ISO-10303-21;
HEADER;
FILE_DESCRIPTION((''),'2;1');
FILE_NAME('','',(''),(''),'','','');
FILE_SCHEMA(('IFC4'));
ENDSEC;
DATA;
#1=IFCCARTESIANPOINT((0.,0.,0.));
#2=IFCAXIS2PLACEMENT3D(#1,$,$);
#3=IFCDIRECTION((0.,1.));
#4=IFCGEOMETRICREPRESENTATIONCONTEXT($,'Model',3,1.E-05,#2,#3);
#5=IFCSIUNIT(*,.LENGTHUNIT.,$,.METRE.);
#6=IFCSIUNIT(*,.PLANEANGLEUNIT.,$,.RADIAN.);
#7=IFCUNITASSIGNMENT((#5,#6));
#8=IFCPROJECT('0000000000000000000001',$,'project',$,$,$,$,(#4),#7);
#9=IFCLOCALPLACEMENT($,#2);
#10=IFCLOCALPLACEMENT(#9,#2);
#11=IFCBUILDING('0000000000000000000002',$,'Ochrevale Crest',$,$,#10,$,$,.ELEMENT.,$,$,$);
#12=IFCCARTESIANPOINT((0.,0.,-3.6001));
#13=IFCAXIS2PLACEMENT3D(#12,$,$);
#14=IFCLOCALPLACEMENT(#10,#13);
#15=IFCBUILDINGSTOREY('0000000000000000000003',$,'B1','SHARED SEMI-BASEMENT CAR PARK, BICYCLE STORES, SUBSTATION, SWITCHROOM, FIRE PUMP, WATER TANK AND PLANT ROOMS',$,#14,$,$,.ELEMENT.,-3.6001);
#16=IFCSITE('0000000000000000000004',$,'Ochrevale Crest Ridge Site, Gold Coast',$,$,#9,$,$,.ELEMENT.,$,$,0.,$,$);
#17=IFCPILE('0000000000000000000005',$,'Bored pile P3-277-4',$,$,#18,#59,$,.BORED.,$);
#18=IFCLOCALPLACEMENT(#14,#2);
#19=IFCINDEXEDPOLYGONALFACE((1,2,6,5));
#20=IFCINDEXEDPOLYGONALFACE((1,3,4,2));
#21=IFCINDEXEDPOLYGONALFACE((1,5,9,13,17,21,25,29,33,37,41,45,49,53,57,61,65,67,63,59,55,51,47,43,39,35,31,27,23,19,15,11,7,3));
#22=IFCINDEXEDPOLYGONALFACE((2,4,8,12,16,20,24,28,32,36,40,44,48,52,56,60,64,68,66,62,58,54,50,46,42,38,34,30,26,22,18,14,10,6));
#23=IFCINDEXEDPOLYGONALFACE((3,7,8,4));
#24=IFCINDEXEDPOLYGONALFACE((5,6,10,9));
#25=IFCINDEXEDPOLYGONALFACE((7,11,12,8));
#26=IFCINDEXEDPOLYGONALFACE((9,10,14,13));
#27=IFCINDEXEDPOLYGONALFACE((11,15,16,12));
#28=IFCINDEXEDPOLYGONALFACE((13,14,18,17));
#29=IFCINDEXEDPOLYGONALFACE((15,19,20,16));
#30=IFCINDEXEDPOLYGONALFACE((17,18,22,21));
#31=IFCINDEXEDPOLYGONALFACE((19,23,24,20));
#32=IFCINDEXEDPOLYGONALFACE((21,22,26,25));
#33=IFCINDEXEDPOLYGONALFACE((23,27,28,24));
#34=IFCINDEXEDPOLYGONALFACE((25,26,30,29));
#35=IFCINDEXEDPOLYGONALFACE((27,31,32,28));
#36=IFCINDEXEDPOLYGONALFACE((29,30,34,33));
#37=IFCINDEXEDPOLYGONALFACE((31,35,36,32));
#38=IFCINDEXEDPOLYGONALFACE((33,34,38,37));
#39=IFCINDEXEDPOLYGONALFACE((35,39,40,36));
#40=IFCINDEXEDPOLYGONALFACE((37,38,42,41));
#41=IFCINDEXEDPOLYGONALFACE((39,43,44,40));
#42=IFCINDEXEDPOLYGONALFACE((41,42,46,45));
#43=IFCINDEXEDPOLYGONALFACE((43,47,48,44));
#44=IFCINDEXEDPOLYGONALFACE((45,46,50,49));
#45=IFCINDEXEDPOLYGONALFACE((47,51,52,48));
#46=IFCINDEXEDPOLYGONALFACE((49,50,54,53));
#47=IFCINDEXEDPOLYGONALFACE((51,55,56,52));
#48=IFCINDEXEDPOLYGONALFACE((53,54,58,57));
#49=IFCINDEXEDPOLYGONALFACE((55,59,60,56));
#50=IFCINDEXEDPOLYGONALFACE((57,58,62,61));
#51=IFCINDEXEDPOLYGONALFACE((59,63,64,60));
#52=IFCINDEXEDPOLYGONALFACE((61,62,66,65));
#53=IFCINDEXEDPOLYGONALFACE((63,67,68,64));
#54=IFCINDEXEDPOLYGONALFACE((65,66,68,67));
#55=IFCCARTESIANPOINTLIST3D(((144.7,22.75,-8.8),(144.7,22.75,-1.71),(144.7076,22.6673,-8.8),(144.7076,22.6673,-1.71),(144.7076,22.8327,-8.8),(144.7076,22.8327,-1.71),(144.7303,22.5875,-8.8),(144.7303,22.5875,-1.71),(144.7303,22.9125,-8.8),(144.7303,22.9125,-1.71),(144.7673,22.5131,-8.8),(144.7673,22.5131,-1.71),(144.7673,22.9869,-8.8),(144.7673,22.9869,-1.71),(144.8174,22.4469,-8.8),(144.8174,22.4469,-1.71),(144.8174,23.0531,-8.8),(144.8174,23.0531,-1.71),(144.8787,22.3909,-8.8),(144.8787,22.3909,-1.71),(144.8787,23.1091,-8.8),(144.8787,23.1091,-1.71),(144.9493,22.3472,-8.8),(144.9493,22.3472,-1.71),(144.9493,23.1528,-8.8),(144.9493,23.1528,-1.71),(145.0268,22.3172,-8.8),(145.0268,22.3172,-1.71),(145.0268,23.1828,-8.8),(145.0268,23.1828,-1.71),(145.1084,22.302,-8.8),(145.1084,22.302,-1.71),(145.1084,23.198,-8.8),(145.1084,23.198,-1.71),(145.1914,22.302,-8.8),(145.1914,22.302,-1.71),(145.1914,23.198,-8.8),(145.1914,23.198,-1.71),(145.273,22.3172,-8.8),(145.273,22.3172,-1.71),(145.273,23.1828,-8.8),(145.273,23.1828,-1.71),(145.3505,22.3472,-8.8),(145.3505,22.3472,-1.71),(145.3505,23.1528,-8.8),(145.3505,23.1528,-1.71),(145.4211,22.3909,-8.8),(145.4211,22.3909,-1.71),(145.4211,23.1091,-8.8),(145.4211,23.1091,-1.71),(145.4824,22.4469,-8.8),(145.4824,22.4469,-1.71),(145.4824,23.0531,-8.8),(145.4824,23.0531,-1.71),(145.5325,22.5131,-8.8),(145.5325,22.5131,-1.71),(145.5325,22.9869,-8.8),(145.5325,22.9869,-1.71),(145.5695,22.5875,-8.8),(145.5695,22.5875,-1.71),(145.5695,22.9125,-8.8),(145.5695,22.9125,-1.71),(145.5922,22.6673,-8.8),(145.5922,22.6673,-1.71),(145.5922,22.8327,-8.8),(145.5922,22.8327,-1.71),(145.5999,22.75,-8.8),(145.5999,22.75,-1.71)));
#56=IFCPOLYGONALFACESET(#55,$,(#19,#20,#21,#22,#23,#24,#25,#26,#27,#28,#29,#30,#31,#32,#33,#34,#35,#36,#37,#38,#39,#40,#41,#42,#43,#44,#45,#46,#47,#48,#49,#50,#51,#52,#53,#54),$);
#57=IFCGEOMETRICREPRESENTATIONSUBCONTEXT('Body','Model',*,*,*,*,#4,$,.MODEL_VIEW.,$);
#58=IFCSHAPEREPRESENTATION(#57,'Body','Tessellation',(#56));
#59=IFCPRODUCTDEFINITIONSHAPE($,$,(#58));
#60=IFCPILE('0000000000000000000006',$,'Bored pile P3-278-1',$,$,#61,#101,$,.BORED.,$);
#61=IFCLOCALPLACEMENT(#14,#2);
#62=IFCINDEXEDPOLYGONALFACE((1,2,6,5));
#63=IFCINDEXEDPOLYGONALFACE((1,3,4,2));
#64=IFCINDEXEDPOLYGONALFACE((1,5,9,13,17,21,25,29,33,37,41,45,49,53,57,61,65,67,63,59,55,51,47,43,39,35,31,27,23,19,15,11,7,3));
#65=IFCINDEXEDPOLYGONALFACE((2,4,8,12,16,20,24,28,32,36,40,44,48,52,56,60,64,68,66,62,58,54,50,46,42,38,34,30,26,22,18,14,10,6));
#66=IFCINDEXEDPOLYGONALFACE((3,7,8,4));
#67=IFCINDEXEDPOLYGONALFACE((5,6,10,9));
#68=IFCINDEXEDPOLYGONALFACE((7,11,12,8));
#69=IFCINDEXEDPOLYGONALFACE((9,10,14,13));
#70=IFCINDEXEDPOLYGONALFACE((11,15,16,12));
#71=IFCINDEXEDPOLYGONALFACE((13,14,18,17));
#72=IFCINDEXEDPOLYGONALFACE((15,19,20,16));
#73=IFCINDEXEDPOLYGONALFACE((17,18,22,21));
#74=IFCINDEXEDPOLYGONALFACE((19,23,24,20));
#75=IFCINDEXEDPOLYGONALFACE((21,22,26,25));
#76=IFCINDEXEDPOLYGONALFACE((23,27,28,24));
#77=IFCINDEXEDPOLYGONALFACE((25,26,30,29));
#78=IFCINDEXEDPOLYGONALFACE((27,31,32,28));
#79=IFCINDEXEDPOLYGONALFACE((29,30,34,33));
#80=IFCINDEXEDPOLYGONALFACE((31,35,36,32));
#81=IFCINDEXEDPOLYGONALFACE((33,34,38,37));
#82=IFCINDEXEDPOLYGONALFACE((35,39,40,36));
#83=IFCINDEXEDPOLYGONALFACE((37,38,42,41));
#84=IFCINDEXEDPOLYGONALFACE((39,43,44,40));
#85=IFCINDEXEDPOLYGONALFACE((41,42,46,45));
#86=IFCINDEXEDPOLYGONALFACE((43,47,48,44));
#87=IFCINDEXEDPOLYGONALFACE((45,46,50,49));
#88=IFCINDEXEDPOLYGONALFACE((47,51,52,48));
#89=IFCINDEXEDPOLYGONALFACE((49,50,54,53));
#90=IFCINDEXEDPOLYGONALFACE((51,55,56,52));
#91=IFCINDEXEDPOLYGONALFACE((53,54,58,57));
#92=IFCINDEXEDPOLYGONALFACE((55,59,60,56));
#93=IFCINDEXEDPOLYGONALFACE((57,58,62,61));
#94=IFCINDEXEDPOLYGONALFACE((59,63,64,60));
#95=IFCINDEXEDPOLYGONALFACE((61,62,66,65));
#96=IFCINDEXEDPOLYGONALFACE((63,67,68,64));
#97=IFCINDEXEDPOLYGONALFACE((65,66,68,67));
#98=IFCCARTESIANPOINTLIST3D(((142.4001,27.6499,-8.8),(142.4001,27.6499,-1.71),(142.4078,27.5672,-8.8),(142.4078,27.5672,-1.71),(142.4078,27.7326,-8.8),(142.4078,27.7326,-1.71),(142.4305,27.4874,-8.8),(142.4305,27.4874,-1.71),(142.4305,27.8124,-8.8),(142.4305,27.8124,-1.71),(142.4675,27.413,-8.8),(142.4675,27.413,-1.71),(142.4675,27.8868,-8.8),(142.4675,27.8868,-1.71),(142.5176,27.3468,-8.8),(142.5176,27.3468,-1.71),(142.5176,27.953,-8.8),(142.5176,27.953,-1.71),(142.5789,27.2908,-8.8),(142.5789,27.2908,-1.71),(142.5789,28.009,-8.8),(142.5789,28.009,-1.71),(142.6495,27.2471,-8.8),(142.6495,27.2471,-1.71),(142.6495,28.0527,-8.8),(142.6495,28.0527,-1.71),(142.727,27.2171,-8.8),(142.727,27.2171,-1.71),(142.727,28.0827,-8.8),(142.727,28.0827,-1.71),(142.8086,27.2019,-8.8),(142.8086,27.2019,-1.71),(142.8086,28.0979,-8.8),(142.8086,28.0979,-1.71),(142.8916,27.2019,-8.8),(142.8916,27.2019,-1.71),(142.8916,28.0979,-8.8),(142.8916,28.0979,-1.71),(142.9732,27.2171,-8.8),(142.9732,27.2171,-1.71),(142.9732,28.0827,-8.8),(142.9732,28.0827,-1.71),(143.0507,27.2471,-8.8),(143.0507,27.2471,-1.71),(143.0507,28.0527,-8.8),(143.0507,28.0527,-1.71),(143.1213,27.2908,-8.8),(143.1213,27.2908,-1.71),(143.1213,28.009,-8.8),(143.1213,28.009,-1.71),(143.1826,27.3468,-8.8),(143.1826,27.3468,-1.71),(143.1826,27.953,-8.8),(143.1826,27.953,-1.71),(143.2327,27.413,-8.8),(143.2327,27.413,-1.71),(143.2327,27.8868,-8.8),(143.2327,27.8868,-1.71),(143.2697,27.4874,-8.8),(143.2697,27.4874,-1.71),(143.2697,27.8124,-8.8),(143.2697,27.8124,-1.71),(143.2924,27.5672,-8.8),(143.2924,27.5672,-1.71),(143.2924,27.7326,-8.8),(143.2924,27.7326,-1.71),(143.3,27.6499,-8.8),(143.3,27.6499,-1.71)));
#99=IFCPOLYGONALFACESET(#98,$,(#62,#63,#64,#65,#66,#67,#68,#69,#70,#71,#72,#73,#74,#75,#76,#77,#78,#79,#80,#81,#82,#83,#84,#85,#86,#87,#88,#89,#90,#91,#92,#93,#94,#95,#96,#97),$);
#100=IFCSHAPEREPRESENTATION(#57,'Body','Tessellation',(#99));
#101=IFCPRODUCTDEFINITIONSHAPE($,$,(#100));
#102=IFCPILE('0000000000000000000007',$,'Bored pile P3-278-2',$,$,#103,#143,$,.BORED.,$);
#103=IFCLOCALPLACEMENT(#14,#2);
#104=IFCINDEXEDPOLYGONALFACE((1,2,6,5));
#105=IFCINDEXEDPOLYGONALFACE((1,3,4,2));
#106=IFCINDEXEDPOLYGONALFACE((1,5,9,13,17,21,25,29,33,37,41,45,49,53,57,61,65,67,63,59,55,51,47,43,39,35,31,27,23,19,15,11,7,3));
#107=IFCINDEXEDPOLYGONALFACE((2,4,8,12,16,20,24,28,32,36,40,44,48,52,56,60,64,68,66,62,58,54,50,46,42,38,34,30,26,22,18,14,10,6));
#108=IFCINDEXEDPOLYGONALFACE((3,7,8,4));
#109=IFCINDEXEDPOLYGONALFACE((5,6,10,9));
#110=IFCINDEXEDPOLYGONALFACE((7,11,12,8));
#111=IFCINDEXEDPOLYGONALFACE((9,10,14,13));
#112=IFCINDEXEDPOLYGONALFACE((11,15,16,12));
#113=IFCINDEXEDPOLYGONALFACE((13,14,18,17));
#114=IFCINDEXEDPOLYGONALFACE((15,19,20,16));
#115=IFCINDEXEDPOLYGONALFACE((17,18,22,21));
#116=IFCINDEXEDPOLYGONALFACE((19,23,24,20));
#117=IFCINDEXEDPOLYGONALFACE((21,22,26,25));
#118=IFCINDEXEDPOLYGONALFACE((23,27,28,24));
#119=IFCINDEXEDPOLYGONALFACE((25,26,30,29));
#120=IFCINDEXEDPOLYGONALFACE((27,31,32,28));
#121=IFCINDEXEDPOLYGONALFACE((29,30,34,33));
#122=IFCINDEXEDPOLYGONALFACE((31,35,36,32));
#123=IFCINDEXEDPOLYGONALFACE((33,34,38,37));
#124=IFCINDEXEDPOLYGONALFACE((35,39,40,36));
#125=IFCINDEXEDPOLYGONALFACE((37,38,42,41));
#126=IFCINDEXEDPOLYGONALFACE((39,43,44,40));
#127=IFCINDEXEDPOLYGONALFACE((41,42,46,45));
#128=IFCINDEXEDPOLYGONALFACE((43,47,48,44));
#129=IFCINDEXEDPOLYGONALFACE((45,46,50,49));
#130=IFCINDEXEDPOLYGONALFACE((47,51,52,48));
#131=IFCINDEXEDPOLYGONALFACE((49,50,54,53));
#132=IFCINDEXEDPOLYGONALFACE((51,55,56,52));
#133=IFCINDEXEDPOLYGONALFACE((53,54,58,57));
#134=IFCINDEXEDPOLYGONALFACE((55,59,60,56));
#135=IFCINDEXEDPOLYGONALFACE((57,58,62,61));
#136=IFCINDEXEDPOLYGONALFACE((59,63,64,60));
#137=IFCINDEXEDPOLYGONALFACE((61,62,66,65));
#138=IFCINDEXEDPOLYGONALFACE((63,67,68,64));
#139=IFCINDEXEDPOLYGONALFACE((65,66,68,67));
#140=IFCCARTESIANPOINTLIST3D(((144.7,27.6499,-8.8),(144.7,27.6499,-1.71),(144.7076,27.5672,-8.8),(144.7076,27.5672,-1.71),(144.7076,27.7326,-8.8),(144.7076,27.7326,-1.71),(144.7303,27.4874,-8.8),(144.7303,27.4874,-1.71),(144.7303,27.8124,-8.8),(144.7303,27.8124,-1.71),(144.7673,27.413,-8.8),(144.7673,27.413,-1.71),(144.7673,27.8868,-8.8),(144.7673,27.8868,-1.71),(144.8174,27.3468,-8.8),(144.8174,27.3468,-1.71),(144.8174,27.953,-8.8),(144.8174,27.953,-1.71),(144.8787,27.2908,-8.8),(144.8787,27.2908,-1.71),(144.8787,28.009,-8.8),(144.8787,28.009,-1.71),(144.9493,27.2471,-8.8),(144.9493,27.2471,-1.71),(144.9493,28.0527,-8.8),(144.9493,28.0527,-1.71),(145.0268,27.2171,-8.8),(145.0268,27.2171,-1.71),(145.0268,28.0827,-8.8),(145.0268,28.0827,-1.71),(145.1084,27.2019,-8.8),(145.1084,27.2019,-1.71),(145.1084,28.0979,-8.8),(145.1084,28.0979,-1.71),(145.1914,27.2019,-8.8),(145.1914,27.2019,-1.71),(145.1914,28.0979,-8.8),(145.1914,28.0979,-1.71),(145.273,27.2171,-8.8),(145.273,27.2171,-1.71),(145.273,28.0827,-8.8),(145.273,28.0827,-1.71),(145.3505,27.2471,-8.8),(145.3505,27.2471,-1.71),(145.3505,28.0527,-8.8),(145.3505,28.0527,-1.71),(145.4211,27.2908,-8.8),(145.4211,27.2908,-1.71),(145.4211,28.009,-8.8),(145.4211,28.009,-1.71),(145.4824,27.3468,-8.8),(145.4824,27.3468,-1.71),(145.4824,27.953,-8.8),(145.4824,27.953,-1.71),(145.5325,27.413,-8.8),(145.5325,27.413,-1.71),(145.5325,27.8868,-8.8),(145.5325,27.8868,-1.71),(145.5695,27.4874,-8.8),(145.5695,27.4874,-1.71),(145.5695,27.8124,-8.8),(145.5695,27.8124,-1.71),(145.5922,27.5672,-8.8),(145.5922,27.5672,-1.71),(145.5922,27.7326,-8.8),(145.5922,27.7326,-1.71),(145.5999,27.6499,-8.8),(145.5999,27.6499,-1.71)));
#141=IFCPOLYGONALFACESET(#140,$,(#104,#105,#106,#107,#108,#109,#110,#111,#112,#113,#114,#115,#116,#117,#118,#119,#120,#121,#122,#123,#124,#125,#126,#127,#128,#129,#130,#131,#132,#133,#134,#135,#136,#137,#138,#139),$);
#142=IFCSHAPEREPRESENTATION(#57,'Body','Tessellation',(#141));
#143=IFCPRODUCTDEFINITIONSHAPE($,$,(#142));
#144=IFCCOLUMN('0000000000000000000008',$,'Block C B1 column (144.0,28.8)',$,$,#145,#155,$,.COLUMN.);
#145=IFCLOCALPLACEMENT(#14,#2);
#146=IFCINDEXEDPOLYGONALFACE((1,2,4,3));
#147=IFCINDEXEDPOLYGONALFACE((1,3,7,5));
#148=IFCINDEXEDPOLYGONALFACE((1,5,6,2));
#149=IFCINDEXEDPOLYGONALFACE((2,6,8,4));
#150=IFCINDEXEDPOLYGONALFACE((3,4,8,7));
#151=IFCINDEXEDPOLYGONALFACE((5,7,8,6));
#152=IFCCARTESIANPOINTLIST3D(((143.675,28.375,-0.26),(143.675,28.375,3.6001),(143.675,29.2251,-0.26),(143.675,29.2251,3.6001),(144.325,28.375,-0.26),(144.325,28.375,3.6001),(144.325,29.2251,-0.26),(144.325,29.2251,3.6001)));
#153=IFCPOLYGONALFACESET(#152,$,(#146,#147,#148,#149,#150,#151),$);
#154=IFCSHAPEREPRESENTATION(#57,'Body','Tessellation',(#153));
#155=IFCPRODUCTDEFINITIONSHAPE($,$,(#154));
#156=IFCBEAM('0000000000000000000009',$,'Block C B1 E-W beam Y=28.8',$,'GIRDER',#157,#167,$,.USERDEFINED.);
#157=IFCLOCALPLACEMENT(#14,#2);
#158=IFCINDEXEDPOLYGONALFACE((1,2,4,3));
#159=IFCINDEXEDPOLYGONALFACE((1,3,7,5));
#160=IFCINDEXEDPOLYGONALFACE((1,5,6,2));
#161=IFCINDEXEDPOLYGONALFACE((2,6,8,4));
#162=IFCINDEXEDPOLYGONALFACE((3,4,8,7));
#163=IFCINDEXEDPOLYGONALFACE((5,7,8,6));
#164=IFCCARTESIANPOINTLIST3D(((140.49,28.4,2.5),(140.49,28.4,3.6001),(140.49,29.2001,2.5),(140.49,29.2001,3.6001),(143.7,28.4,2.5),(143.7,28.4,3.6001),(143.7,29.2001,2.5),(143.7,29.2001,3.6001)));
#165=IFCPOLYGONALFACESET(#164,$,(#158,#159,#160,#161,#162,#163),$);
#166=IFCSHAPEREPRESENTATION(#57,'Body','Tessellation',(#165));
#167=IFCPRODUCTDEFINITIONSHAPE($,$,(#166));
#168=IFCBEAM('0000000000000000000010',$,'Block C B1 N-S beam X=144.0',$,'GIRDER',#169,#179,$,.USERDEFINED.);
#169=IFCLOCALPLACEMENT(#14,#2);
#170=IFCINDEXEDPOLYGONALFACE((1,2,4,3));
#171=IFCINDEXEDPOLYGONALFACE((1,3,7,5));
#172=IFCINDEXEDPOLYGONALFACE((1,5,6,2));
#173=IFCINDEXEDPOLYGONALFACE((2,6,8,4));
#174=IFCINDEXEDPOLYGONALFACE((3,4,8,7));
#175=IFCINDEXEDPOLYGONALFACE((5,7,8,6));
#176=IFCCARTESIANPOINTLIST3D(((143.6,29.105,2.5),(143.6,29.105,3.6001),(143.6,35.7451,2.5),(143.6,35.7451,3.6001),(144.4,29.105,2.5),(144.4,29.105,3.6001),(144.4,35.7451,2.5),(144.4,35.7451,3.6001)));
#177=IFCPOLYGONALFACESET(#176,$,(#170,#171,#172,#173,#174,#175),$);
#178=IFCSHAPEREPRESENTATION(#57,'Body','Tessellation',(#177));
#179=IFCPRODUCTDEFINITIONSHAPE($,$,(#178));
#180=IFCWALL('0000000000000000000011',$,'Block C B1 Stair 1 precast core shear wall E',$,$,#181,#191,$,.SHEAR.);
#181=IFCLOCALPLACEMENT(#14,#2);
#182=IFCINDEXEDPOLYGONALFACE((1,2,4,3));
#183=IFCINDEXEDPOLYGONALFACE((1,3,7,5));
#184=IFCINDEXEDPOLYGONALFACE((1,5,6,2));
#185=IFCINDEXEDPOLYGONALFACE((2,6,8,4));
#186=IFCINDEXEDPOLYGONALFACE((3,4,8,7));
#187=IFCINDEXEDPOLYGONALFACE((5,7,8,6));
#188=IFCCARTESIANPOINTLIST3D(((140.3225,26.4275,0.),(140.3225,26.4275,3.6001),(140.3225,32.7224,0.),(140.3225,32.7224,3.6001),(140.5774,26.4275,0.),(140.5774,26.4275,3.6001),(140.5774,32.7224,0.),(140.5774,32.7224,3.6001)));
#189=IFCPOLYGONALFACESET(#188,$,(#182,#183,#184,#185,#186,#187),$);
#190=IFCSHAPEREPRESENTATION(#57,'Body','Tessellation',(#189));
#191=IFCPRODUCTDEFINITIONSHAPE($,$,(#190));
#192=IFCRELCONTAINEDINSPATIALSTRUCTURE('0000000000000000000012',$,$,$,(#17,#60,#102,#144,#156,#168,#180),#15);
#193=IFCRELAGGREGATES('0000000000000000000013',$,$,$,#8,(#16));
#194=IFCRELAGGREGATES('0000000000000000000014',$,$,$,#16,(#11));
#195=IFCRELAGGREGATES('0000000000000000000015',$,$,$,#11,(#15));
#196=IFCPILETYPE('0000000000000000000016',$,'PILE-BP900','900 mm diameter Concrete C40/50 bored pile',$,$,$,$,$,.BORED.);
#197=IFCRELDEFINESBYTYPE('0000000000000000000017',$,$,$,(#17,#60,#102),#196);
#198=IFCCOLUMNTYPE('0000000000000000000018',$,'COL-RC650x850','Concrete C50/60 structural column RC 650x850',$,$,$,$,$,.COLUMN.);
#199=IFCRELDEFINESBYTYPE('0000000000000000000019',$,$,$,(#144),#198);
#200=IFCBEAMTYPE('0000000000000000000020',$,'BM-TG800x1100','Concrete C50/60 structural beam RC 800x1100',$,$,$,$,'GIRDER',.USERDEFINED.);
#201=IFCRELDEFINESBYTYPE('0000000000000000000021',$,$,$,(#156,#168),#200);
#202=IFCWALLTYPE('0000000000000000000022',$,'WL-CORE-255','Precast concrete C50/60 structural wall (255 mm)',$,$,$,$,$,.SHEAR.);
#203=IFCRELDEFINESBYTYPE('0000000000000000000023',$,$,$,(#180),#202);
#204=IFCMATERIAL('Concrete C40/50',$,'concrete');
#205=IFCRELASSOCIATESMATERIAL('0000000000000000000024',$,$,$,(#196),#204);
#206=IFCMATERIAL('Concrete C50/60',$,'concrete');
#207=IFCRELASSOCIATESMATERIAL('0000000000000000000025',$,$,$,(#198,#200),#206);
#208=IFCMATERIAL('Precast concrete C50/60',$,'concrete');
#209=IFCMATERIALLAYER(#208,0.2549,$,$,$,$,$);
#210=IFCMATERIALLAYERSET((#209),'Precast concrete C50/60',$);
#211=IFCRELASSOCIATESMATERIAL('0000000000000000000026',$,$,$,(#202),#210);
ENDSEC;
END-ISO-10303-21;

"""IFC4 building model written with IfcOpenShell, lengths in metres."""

from ifc_helpers import new_model, si_unit, direction, frame, frame_2d, origin, origin_2d, place, context, subcontext, project, spatial, rectangle, circle, extrude, material, layer, layer_set, material_profile, profile_set, type_object, element, save


model = new_model("IFC4")

# Units and contexts
model_context = context("Model", 3, precision=1e-05, world=origin(), true_north=direction((0.0, 1.0)))
body_context = subcontext(model_context, "Body", "Model", "MODEL_VIEW")
ifc_project = project(units=[si_unit("LENGTHUNIT", "METRE"), si_unit("PLANEANGLEUNIT", "RADIAN")], contexts=[model_context])

# Site, building, storey
site_placement = place(None, origin())
site = spatial("IfcSite", under=ifc_project, at=site_placement, Name="Ochrevale Crest Ridge Site, Gold Coast", CompositionType="ELEMENT", RefElevation=0.0)
building_placement = place(site_placement, origin())
building = spatial("IfcBuilding", under=site, at=building_placement, Name="Ochrevale Crest", CompositionType="ELEMENT")
storey_placement = place(building_placement, frame((0.0, 0.0, -3.6001)))
storey = spatial("IfcBuildingStorey", under=building, at=storey_placement, Name="B1", Description="SHARED SEMI-BASEMENT CAR PARK, BICYCLE STORES, SUBSTATION, SWITCHROOM, FIRE PUMP, WATER TANK AND PLANT ROOMS", CompositionType="ELEMENT", Elevation=-3.6001)

# Shared definitions
ifc_material_1 = material(Name="Concrete C40/50", Category="concrete")

# Piles
ifc_material_profile_1 = material_profile(ifc_material_1, circle(Radius=0.45, at=origin_2d()), Name="BORED PILE 900")
ifc_profile_set_1 = profile_set([ifc_material_profile_1], Name="Concrete C40/50")
pile_type = type_object("IfcPileType", Name="PILE-BP900", Description="900 mm diameter Concrete C40/50 bored pile", PredefinedType="BORED", material=ifc_profile_set_1)
for number, where, z_axis, x_axis, name in (
    (1, (145.1499, 22.75, -1.71), (0.0, 0.0, -1.0), (1.0, 0.0, 0.0), "Bored pile P3-277-4"),
    (2, (142.8501, 27.6499, -1.71), (0.0, 0.0, -1.0), (1.0, 0.0, 0.0), "Bored pile P3-278-1"),
    (3, (145.1499, 27.6499, -1.71), (0.0, 0.0, -1.0), (1.0, 0.0, 0.0), "Bored pile P3-278-2"),
):
    element("IfcPile", number, at=place(storey_placement, frame(where, z_axis=z_axis, x_axis=x_axis)), inside=storey, type_object=pile_type, Name=name, PredefinedType="BORED", context=body_context, shape_type="SweptSolid", body=[
        extrude(circle(Radius=0.45, at=origin_2d()), origin(), (0.0, 0.0, 1.0), 7.0901),
    ])

# Column
ifc_material_2 = material(Name="Concrete C50/60", Category="concrete")
ifc_material_profile_2 = material_profile(ifc_material_2, rectangle(XDim=0.6499, YDim=0.8501, at=origin_2d()), Name="RC 650x850")
ifc_profile_set_2 = profile_set([ifc_material_profile_2], Name="Concrete C50/60")
column_type = type_object("IfcColumnType", Name="COL-RC650x850", Description="Concrete C50/60 structural column RC 650x850", PredefinedType="COLUMN", material=ifc_profile_set_2)
column_placement = place(storey_placement, frame((144.0, 28.8, -0.26), z_axis=(0.0, 0.0, 1.0), x_axis=(1.0, 0.0, 0.0)))
element("IfcColumn", 4, at=column_placement, inside=storey, type_object=column_type, Name="Block C B1 column (144.0,28.8)", PredefinedType="COLUMN", context=body_context, shape_type="SweptSolid", body=[
    extrude(rectangle(XDim=0.6499, YDim=0.8501, at=origin_2d()), origin(), (0.0, 0.0, 1.0), 3.8601),
])

# Beams
ifc_material_profile_3 = material_profile(ifc_material_2, rectangle(XDim=0.8, YDim=1.1001, at=origin_2d()), Name="RC 800x1100")
ifc_profile_set_3 = profile_set([ifc_material_profile_3], Name="Concrete C50/60")
beam_type = type_object("IfcBeamType", Name="BM-TG800x1100", Description="Concrete C50/60 structural beam RC 800x1100", ElementType="GIRDER", PredefinedType="USERDEFINED", material=ifc_profile_set_3)
beam_1_placement = place(storey_placement, frame((140.49, 28.8, 3.05), z_axis=(1.0, 0.0, 0.0), x_axis=(0.0, 1.0, 0.0)))
element("IfcBeam", 5, at=beam_1_placement, inside=storey, type_object=beam_type, Name="Block C B1 E-W beam Y=28.8", ObjectType="GIRDER", PredefinedType="USERDEFINED", context=body_context, shape_type="SweptSolid", body=[
    extrude(rectangle(XDim=0.8, YDim=1.1001, at=origin_2d()), origin(), (0.0, 0.0, 1.0), 3.21),
])
beam_2_placement = place(storey_placement, frame((144.0, 29.105, 3.05), z_axis=(0.0, 1.0, 0.0), x_axis=(-1.0, 0.0, 0.0)))
element("IfcBeam", 6, at=beam_2_placement, inside=storey, type_object=beam_type, Name="Block C B1 N-S beam X=144.0", ObjectType="GIRDER", PredefinedType="USERDEFINED", context=body_context, shape_type="SweptSolid", body=[
    extrude(rectangle(XDim=0.8, YDim=1.1001, at=origin_2d()), origin(), (0.0, 0.0, 1.0), 6.6401),
])

# Wall
ifc_material_3 = material(Name="Precast concrete C50/60", Category="concrete")
ifc_layer = layer(ifc_material_3, 0.2549)
ifc_layer_set = layer_set([ifc_layer], Name="Precast concrete C50/60")
wall_type = type_object("IfcWallType", Name="WL-CORE-255", Description="Precast concrete C50/60 structural wall (255 mm)", PredefinedType="SHEAR", material=ifc_layer_set)
wall_1_placement = place(storey_placement, frame((140.45, 26.4275, 0.0), z_axis=(0.0, 0.0, 1.0), x_axis=(0.0, 1.0, 0.0)))
element("IfcWall", 7, at=wall_1_placement, inside=storey, type_object=wall_type, Name="Block C B1 Stair 1 precast core shear wall E", PredefinedType="SHEAR", context=body_context, shape_type="SweptSolid", body=[
    extrude(rectangle(XDim=6.2949, YDim=0.2549, at=frame_2d((3.1475, 0.0))), origin(), (0.0, 0.0, 1.0), 3.6001),
])

save(model, "model.ifc")
